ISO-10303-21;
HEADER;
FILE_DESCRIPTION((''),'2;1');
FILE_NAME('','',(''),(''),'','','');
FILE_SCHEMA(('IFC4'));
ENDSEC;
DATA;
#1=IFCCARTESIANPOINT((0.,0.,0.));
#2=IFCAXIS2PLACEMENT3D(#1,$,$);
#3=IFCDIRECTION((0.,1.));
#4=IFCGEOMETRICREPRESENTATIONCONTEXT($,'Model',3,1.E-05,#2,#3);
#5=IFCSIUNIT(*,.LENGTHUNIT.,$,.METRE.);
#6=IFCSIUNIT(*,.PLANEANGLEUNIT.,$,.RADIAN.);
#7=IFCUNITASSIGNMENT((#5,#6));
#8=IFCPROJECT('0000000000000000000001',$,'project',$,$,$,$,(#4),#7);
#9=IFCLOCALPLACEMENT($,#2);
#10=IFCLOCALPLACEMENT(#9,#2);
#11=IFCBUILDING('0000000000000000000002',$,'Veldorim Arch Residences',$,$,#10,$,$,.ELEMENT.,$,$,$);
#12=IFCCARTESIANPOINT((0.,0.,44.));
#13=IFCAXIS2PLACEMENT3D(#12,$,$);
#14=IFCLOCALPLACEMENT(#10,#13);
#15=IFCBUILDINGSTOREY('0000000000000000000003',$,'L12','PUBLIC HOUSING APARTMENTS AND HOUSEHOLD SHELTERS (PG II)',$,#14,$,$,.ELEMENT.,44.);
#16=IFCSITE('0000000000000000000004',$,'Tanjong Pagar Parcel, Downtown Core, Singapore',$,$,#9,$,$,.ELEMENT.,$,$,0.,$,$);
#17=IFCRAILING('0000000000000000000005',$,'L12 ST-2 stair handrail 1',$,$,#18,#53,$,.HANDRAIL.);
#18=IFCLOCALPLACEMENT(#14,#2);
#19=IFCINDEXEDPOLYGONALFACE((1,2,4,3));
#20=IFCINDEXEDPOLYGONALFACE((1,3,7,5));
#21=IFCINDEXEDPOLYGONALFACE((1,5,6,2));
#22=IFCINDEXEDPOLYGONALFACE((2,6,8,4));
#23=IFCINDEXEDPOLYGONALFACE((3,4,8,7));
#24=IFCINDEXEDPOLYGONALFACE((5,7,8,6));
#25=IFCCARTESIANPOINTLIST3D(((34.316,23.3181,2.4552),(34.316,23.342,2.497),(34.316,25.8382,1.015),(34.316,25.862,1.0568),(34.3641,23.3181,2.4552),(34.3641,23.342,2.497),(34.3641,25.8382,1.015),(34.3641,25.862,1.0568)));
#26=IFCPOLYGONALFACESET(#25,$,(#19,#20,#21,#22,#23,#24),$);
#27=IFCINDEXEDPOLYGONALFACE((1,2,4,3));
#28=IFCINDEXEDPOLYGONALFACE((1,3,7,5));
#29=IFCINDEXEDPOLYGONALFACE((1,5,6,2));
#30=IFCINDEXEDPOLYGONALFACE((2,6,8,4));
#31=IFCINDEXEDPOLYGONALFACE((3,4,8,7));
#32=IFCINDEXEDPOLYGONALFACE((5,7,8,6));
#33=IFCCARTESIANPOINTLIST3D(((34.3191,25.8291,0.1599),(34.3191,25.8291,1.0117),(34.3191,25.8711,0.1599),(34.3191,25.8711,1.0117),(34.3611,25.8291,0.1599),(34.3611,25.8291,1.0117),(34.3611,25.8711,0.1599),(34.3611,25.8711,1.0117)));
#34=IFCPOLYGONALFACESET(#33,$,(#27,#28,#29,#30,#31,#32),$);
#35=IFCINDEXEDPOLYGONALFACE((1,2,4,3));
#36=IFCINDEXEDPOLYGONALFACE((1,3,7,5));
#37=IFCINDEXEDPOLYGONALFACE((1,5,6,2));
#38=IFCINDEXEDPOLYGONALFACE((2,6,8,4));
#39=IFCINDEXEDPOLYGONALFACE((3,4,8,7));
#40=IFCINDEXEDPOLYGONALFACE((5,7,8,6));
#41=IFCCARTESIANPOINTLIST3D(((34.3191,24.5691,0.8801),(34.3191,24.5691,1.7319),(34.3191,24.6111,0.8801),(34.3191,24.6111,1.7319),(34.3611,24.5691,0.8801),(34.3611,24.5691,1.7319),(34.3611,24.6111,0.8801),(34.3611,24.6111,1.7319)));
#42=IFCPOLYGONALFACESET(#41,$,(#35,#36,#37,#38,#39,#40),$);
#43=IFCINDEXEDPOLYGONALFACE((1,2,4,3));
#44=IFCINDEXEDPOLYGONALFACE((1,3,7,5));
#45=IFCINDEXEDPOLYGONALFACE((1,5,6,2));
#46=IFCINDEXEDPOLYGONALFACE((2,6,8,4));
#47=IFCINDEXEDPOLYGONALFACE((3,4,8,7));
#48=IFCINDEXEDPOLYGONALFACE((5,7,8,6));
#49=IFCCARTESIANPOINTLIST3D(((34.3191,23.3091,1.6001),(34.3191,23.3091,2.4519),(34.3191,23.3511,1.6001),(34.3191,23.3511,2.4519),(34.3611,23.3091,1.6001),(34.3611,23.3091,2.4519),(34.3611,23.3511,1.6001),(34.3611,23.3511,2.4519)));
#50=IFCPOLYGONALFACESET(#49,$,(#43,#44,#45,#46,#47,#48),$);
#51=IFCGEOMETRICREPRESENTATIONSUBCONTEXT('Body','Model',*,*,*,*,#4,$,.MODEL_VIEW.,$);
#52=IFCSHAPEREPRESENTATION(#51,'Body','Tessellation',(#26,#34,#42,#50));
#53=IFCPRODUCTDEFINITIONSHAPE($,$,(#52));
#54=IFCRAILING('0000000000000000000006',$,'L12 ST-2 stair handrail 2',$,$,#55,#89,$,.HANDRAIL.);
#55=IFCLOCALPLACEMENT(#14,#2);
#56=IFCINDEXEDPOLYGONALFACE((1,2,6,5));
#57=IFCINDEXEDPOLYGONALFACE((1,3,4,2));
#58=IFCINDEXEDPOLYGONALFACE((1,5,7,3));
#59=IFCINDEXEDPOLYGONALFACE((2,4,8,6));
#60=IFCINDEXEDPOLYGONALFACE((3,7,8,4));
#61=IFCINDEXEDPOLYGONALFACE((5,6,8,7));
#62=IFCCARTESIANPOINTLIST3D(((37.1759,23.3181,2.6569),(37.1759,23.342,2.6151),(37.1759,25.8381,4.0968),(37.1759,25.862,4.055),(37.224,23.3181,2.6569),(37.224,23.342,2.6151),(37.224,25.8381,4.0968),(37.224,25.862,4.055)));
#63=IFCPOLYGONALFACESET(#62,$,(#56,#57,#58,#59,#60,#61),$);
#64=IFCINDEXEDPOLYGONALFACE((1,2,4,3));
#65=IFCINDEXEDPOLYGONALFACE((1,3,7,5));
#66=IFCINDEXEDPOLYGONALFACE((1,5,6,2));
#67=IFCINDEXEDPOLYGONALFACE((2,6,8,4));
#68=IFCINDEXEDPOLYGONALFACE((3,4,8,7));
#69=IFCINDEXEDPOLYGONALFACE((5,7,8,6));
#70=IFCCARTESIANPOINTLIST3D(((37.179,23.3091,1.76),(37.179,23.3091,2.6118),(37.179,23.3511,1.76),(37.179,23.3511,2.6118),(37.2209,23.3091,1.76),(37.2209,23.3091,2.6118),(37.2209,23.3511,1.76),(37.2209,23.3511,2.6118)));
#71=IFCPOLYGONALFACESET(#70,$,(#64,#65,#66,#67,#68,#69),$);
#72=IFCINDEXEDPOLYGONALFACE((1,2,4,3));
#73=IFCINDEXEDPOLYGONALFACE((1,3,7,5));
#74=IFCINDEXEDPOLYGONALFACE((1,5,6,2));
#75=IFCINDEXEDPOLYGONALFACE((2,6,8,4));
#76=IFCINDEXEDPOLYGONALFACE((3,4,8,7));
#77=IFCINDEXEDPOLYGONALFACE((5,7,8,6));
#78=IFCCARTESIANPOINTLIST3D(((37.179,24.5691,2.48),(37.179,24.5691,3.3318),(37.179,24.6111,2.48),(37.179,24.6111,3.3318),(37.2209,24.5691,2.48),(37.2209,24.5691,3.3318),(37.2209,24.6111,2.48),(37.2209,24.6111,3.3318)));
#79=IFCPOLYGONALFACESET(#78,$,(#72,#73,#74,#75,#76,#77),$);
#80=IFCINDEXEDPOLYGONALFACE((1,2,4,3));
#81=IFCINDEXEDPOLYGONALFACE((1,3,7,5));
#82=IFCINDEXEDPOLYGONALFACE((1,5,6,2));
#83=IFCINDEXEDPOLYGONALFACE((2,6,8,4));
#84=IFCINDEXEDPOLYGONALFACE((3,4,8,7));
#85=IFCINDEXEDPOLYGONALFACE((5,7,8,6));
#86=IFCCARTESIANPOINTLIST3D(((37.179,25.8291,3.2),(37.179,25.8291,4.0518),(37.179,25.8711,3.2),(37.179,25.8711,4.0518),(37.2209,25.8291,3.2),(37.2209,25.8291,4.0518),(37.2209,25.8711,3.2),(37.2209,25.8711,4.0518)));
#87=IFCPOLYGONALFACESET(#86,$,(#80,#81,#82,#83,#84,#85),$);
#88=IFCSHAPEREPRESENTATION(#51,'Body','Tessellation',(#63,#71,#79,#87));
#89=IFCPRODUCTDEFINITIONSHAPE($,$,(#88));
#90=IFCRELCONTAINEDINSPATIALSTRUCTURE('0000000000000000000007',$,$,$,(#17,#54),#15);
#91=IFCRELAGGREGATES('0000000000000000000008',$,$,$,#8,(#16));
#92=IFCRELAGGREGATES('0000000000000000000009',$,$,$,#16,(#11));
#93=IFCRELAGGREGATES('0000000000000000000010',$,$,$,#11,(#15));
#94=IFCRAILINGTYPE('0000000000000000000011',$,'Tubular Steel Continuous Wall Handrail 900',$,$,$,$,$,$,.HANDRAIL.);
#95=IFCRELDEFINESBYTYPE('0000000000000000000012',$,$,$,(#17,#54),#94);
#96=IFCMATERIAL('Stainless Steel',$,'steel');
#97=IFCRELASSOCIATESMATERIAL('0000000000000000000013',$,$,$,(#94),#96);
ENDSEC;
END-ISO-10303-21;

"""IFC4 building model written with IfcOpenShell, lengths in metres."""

from ifc_helpers import new_model, si_unit, direction, frame, origin, origin_2d, place, context, subcontext, project, spatial, rectangle, extrude, material, type_object, element, save


model = new_model("IFC4")

# Units and contexts
model_context = context("Model", 3, precision=1e-05, world=origin(), true_north=direction((0.0, 1.0)))
body_context = subcontext(model_context, "Body", "Model", "MODEL_VIEW")
ifc_project = project(units=[si_unit("LENGTHUNIT", "METRE"), si_unit("PLANEANGLEUNIT", "RADIAN")], contexts=[model_context])

# Site, building, storey
site_placement = place(None, origin())
site = spatial("IfcSite", under=ifc_project, at=site_placement, Name="Tanjong Pagar Parcel, Downtown Core, Singapore", CompositionType="ELEMENT", RefElevation=0.0)
building_placement = place(site_placement, origin())
building = spatial("IfcBuilding", under=site, at=building_placement, Name="Veldorim Arch Residences", CompositionType="ELEMENT")
storey_placement = place(building_placement, frame((0.0, 0.0, 44.0)))
storey = spatial("IfcBuildingStorey", under=building, at=storey_placement, Name="L12", Description="PUBLIC HOUSING APARTMENTS AND HOUSEHOLD SHELTERS (PG II)", CompositionType="ELEMENT", Elevation=44.0)

# Railings
ifc_material_1 = material(Name="Stainless Steel", Category="steel")
railing_type_1 = type_object("IfcRailingType", Name="Tubular Steel Continuous Wall Handrail 900", PredefinedType="HANDRAIL", material=ifc_material_1)
railing_1_placement = place(storey_placement, frame((34.3401, 25.8501, 0.1599)))
element("IfcRailing", 1, at=railing_1_placement, inside=storey, type_object=railing_type_1, Name="L12 ST-2 stair handrail 1", PredefinedType="HANDRAIL", context=body_context, shape_type="SweptSolid", body=[
    extrude(rectangle(XDim=0.0481, YDim=0.0481, at=origin_2d()), frame((0.0, 0.0, 0.876), z_axis=(0.0, -0.868217, 0.496184), x_axis=(1.0, 0.0, 0.0)), (0.0, 0.0, 1.0), 2.9026),
    extrude(rectangle(XDim=0.042, YDim=0.042, at=origin_2d()), origin(), (0.0, 0.0, 1.0), 0.8518),
    extrude(rectangle(XDim=0.042, YDim=0.042, at=origin_2d()), frame((0.0, -1.26, 0.7202)), (0.0, 0.0, 1.0), 0.8518),
    extrude(rectangle(XDim=0.042, YDim=0.042, at=origin_2d()), frame((0.0, -2.52, 1.4402)), (0.0, 0.0, 1.0), 0.8518),
])
railing_2_placement = place(storey_placement, frame((37.2, 23.3301, 1.76)))
element("IfcRailing", 2, at=railing_2_placement, inside=storey, type_object=railing_type_1, Name="L12 ST-2 stair handrail 2", PredefinedType="HANDRAIL", context=body_context, shape_type="SweptSolid", body=[
    extrude(rectangle(XDim=0.0481, YDim=0.0481, at=origin_2d()), frame((0.0, 0.0, 0.876), z_axis=(0.0, 0.868253, 0.496121), x_axis=(-1.0, 0.0, 0.0)), (0.0, 0.0, 1.0), 2.9023),
    extrude(rectangle(XDim=0.042, YDim=0.042, at=origin_2d()), origin(), (0.0, 0.0, 1.0), 0.8518),
    extrude(rectangle(XDim=0.042, YDim=0.042, at=origin_2d()), frame((0.0, 1.26, 0.72)), (0.0, 0.0, 1.0), 0.8518),
    extrude(rectangle(XDim=0.042, YDim=0.042, at=origin_2d()), frame((0.0, 2.52, 1.4399)), (0.0, 0.0, 1.0), 0.8518),
])

save(model, "model.ifc")
